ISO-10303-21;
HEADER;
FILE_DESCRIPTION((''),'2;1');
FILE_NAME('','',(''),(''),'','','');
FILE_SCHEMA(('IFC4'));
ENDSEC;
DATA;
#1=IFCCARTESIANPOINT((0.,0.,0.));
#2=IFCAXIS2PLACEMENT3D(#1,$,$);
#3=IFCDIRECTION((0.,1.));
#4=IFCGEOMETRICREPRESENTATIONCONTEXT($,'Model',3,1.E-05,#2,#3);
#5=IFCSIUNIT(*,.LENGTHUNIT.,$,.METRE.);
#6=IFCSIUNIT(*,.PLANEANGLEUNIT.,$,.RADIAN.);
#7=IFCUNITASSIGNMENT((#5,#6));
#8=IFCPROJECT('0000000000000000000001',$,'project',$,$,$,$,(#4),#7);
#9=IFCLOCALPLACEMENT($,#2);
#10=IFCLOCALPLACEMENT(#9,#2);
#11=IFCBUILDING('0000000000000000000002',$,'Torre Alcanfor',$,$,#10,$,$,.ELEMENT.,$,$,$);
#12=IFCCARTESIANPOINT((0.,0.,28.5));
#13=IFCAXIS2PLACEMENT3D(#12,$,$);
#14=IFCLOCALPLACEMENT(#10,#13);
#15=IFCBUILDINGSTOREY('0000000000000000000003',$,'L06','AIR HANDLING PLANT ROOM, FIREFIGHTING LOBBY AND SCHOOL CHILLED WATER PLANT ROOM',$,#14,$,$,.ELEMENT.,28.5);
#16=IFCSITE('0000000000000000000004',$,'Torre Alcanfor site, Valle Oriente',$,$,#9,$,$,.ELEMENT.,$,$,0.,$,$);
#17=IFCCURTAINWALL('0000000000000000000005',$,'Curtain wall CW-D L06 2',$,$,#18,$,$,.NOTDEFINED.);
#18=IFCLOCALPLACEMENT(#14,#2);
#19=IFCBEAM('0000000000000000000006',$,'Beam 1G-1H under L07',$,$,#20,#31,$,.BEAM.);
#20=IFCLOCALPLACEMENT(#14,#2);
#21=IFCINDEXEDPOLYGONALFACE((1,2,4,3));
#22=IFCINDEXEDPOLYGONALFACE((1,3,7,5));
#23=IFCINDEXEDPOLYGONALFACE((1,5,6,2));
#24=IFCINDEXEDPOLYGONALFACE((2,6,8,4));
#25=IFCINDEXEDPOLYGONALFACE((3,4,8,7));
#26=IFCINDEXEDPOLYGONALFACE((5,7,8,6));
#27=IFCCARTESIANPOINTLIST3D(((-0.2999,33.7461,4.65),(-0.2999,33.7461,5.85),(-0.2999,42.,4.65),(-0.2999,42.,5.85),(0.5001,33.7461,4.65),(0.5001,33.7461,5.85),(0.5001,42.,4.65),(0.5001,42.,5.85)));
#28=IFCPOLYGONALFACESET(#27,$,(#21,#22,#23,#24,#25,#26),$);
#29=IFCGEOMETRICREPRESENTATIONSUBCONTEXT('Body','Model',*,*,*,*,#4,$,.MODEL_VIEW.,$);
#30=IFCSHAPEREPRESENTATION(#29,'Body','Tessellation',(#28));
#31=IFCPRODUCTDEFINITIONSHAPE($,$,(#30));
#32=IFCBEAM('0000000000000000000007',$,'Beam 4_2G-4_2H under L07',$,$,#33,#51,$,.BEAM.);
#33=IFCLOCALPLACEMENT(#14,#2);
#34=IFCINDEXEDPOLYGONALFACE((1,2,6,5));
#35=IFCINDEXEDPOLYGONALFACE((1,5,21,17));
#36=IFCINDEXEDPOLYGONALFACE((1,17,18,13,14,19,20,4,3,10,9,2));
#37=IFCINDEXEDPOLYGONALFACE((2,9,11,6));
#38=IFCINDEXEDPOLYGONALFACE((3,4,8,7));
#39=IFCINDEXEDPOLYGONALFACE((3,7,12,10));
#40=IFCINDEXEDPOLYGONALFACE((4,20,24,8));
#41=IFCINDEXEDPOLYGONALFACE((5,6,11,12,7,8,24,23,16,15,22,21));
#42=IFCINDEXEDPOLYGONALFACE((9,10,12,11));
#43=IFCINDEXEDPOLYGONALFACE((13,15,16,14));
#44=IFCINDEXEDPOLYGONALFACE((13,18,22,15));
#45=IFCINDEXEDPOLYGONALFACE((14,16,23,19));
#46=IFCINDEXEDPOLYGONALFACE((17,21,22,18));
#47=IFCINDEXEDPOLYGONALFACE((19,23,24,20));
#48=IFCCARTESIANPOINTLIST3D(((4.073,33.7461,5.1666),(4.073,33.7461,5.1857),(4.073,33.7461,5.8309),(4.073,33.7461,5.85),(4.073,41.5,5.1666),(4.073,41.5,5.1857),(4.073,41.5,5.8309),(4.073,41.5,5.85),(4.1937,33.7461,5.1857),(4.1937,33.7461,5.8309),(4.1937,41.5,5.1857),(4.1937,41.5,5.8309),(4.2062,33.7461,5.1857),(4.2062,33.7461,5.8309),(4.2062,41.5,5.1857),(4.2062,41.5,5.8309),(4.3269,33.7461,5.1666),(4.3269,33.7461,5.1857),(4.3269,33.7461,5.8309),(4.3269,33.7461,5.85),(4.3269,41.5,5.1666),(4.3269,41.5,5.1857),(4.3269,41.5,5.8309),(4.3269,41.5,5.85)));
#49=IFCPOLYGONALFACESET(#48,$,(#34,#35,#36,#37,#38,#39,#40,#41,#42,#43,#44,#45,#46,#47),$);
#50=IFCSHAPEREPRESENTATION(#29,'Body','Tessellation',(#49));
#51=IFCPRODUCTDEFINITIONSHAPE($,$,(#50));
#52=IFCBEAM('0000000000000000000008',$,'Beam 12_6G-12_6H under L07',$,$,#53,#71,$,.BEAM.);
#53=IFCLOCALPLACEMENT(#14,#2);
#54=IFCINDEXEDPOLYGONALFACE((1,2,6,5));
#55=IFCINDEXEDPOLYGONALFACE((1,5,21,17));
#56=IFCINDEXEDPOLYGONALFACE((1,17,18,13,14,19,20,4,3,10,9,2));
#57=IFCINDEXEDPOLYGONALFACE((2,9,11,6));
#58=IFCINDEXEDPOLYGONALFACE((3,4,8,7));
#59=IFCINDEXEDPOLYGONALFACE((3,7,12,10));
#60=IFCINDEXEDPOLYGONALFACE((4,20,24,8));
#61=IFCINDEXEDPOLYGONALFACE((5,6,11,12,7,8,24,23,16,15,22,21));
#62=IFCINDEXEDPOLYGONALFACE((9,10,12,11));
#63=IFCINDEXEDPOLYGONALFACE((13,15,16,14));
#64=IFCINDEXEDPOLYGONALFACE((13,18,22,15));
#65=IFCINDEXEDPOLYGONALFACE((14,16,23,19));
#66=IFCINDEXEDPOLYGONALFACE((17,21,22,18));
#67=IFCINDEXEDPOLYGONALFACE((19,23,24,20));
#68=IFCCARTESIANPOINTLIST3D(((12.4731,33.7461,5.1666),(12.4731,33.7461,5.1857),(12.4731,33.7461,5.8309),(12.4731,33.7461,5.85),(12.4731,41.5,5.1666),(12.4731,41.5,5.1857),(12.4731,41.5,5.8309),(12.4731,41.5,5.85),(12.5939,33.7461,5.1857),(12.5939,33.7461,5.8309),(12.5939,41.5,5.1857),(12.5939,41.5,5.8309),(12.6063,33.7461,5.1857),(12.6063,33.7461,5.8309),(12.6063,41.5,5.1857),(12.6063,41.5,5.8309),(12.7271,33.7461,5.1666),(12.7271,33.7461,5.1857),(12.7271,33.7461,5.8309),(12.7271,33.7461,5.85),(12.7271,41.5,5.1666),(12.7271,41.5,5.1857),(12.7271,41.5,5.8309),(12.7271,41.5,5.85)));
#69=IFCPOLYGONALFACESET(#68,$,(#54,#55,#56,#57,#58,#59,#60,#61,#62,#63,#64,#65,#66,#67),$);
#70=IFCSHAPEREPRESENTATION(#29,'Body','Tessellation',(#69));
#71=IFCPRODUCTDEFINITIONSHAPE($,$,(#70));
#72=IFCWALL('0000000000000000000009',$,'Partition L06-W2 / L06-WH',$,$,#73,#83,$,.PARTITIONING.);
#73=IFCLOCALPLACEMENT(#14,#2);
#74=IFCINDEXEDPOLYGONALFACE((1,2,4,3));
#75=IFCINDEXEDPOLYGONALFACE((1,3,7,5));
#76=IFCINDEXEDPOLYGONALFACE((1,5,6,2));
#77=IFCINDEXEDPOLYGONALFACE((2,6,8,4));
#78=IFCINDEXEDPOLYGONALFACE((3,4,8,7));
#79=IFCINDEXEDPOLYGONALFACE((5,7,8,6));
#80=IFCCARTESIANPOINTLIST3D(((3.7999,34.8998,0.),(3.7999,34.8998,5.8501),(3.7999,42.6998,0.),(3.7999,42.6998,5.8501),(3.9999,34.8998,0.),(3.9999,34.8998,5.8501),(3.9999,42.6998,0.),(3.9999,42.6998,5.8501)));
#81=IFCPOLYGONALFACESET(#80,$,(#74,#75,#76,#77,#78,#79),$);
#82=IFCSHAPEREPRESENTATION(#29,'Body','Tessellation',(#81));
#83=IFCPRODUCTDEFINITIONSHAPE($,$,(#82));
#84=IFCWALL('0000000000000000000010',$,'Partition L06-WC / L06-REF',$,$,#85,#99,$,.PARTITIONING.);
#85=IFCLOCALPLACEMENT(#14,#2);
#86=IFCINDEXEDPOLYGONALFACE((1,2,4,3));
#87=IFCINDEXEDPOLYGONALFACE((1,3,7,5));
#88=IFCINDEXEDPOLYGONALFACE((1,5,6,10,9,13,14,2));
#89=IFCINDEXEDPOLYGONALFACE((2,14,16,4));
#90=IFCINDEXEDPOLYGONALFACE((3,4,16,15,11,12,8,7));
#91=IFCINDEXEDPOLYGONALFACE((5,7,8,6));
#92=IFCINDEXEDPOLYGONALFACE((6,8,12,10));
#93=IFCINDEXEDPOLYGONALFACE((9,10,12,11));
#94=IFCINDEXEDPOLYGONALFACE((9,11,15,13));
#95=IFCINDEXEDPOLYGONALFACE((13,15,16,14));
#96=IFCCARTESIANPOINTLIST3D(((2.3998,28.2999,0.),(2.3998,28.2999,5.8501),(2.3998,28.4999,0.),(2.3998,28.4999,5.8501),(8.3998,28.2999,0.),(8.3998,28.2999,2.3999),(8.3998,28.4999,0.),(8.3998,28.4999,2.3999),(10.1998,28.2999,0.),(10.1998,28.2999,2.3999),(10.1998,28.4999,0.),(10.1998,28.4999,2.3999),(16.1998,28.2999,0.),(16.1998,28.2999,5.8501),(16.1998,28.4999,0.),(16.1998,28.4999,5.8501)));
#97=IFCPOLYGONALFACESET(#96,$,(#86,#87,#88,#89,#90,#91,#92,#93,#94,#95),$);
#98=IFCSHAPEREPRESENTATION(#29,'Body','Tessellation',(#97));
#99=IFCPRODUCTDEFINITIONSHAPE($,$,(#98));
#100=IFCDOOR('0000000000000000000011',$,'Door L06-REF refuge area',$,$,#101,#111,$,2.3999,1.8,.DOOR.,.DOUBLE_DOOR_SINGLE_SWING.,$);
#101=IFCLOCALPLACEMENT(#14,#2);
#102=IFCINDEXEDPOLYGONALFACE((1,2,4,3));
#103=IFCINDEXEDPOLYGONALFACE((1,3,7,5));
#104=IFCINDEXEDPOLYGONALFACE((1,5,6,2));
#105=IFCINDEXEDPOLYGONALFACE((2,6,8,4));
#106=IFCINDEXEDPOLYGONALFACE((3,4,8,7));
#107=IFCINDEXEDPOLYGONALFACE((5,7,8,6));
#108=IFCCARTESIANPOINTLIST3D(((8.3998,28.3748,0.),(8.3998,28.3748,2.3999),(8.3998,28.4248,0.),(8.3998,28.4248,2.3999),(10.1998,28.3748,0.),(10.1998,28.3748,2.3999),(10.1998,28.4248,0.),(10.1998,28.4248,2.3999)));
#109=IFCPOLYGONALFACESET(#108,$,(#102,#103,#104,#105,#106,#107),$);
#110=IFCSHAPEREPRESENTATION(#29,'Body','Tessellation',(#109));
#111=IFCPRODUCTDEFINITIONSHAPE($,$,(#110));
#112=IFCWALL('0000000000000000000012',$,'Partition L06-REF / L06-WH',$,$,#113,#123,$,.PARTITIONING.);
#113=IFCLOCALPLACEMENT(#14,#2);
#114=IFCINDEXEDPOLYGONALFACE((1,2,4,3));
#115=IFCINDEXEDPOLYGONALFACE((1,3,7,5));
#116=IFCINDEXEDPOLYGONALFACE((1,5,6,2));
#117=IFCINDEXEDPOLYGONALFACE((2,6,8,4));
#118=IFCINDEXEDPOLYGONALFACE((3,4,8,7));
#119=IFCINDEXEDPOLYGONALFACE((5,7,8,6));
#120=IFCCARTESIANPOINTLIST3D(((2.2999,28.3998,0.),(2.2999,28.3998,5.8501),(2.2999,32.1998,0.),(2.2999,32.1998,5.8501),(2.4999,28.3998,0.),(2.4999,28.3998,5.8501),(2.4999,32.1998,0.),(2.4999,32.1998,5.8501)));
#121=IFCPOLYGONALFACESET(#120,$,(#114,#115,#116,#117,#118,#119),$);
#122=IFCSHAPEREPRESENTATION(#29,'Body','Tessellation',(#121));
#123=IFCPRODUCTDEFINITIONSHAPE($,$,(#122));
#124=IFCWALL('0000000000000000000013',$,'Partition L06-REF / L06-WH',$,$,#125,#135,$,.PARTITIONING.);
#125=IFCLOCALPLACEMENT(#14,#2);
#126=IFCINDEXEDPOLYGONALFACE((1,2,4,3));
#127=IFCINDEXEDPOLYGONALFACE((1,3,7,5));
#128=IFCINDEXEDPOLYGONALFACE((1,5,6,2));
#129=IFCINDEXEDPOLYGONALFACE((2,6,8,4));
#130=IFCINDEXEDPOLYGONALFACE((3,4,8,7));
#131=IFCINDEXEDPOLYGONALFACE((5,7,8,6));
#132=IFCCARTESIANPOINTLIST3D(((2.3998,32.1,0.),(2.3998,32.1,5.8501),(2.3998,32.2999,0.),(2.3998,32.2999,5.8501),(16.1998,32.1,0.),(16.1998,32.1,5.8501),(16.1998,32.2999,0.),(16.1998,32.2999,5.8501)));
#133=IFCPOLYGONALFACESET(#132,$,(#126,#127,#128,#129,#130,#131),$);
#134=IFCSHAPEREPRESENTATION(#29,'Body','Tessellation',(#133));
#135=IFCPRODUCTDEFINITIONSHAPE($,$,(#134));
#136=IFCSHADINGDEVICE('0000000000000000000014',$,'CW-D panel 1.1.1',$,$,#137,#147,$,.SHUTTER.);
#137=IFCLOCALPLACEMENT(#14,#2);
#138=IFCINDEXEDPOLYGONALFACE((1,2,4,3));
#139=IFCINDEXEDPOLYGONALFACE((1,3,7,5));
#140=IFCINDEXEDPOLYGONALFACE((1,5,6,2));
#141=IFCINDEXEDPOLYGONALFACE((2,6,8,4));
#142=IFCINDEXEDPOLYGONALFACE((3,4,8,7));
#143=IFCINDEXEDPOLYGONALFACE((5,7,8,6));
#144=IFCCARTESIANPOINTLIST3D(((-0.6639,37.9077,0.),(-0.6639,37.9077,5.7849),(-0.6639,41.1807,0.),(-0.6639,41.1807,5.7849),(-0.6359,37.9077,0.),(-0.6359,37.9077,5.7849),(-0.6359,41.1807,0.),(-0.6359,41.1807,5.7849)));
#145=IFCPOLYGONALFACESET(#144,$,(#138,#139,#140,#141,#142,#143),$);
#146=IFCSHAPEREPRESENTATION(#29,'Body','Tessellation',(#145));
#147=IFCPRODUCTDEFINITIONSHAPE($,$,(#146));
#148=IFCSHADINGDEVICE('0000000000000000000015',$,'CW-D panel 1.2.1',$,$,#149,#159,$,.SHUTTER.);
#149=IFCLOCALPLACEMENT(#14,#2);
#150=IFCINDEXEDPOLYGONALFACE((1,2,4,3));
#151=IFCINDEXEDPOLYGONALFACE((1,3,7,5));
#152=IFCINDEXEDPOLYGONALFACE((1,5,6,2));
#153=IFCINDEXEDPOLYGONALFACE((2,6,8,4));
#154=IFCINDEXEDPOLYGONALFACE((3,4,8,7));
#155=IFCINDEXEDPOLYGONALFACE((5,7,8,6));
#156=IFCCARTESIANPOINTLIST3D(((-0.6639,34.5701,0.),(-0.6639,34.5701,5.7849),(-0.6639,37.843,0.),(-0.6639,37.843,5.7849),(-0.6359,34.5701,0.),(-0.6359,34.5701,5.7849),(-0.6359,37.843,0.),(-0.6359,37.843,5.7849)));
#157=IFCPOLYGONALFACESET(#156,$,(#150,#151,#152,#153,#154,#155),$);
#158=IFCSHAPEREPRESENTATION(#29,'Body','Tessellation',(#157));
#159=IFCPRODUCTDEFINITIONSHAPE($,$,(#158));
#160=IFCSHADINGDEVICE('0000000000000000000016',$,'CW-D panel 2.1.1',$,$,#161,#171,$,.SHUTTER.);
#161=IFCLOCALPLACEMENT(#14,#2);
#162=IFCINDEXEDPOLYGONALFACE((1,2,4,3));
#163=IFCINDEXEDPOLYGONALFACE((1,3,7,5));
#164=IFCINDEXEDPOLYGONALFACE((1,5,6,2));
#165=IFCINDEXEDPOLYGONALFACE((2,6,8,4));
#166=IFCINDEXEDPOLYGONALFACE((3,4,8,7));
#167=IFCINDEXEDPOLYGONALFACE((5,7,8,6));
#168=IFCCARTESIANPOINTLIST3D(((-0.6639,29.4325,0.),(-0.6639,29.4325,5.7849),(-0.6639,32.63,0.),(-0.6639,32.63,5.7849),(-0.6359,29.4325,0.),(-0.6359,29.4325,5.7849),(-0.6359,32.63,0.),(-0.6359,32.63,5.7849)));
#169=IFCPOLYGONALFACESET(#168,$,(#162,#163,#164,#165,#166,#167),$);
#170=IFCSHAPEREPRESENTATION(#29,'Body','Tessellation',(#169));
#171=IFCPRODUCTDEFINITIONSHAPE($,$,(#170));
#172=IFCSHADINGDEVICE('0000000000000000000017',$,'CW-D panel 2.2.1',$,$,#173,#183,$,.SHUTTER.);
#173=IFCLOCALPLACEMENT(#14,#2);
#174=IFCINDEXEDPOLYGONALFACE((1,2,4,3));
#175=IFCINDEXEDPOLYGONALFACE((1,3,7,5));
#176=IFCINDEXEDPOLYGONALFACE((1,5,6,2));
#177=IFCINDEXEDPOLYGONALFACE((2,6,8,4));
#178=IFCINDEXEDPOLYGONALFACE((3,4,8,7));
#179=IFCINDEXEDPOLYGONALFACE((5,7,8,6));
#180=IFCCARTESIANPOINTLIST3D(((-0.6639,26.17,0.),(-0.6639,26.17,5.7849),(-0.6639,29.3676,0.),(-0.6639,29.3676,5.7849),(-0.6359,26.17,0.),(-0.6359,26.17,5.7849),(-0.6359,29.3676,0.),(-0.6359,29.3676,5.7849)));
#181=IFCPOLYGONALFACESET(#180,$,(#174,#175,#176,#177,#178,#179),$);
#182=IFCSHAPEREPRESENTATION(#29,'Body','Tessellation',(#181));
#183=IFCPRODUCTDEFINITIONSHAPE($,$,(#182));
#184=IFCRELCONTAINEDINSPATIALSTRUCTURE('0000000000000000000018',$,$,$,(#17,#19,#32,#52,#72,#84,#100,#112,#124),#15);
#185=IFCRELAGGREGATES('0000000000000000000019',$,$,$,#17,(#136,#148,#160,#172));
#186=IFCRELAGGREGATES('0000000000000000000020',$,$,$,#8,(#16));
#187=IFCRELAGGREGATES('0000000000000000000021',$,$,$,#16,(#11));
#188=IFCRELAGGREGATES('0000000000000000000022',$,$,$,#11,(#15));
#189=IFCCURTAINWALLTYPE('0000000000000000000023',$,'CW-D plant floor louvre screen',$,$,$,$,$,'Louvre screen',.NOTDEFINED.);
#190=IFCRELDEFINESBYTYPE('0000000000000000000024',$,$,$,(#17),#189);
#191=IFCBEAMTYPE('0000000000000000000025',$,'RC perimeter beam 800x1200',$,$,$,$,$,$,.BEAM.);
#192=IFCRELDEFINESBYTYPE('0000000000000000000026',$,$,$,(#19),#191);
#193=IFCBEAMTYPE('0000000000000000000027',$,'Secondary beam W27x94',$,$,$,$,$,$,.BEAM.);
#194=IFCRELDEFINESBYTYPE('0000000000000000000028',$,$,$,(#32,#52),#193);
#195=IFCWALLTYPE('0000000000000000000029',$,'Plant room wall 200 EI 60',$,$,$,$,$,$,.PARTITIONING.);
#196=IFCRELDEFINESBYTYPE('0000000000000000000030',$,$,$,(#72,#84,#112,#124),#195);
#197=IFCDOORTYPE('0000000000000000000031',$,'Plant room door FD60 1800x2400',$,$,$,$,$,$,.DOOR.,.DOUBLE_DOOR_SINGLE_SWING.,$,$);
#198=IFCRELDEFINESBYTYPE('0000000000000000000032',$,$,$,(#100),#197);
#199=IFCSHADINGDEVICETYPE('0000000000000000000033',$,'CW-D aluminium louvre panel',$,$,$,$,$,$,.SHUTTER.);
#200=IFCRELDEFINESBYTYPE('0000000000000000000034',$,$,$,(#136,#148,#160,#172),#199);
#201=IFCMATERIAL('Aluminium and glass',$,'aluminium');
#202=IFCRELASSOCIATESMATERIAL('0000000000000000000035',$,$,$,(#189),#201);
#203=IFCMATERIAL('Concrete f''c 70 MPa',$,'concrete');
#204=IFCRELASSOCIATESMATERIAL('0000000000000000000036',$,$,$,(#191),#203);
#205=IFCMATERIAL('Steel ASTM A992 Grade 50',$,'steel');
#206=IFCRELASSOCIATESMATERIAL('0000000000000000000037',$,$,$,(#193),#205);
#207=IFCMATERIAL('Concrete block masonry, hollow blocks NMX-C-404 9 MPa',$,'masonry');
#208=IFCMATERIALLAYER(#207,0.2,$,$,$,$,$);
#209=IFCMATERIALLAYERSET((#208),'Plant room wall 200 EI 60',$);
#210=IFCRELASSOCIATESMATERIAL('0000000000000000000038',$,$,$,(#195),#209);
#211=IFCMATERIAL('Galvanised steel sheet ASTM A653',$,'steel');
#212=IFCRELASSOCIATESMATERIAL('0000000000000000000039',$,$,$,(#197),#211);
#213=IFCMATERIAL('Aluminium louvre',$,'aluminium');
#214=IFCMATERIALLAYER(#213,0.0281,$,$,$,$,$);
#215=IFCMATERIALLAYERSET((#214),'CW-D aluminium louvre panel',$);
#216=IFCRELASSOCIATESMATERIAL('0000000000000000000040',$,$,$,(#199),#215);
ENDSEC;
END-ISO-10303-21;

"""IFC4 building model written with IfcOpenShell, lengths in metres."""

from ifc_helpers import new_model, si_unit, direction, frame, frame_2d, origin, origin_2d, place, context, subcontext, project, spatial, rectangle, i_section, extrude, material, layer, layer_set, material_profile, profile_set, type_object, element, fill, aggregate, save


model = new_model("IFC4")

# Units and contexts
model_context = context("Model", 3, precision=1e-05, world=origin(), true_north=direction((0.0, 1.0)))
body_context = subcontext(model_context, "Body", "Model", "MODEL_VIEW")
ifc_project = project(units=[si_unit("LENGTHUNIT", "METRE"), si_unit("PLANEANGLEUNIT", "RADIAN")], contexts=[model_context])

# Site, building, storey
site_placement = place(None, origin())
site = spatial("IfcSite", under=ifc_project, at=site_placement, Name="Torre Alcanfor site, Valle Oriente", CompositionType="ELEMENT", RefElevation=0.0)
building_placement = place(site_placement, origin())
building = spatial("IfcBuilding", under=site, at=building_placement, Name="Torre Alcanfor", CompositionType="ELEMENT")
storey_placement = place(building_placement, frame((0.0, 0.0, 28.5)))
storey = spatial("IfcBuildingStorey", under=building, at=storey_placement, Name="L06", Description="AIR HANDLING PLANT ROOM, FIREFIGHTING LOBBY AND SCHOOL CHILLED WATER PLANT ROOM", CompositionType="ELEMENT", Elevation=28.5)

# Curtain wall
ifc_material_1 = material(Name="Aluminium and glass", Category="aluminium")
curtain_wall_type = type_object("IfcCurtainWallType", Name="CW-D plant floor louvre screen", ElementType="Louvre screen", PredefinedType="NOTDEFINED", material=ifc_material_1)
curtain_wall_placement = place(storey_placement, origin())
curtain_wall = element("IfcCurtainWall", 1, at=curtain_wall_placement, inside=storey, type_object=curtain_wall_type, Name="Curtain wall CW-D L06 2", PredefinedType="NOTDEFINED")

# Beams
ifc_material_2 = material(Name="Concrete f'c 70 MPa", Category="concrete")
ifc_material_profile_1 = material_profile(ifc_material_2, rectangle(XDim=0.8, YDim=1.2, at=origin_2d()), Name="800x1200")
ifc_profile_set_1 = profile_set([ifc_material_profile_1], Name="Concrete f'c 70 MPa")
beam_type_1 = type_object("IfcBeamType", Name="RC perimeter beam 800x1200", PredefinedType="BEAM", material=ifc_profile_set_1)
beam_1_placement = place(storey_placement, frame((0.1001, 33.7461, 5.25), z_axis=(0.0, 1.0, 0.0), x_axis=(-1.0, 0.0, 0.0)))
element("IfcBeam", 2, at=beam_1_placement, inside=storey, type_object=beam_type_1, Name="Beam 1G-1H under L07", PredefinedType="BEAM", context=body_context, shape_type="SweptSolid", body=[
    extrude(rectangle(XDim=0.8, YDim=1.2, at=origin_2d()), origin(), (0.0, 0.0, 1.0), 8.2539),
])
ifc_material_3 = material(Name="Steel ASTM A992 Grade 50", Category="steel")
ifc_material_profile_2 = material_profile(ifc_material_3, i_section(OverallWidth=0.2539, OverallDepth=0.6833, WebThickness=0.0125, FlangeThickness=0.019, at=origin_2d()), Name="W27x94")
ifc_profile_set_2 = profile_set([ifc_material_profile_2], Name="Steel ASTM A992 Grade 50")
beam_type_2 = type_object("IfcBeamType", Name="Secondary beam W27x94", PredefinedType="BEAM", material=ifc_profile_set_2)
for number, where, z_axis, x_axis, name in (
    (3, (4.2, 33.7461, 5.5083), (0.0, 1.0, 0.0), (-1.0, 0.0, 0.0), "Beam 4_2G-4_2H under L07"),
    (4, (12.6001, 33.7461, 5.5083), (0.0, 1.0, 0.0), (-1.0, 0.0, 0.0), "Beam 12_6G-12_6H under L07"),
):
    element("IfcBeam", number, at=place(storey_placement, frame(where, z_axis=z_axis, x_axis=x_axis)), inside=storey, type_object=beam_type_2, Name=name, PredefinedType="BEAM", context=body_context, shape_type="SweptSolid", body=[
        extrude(i_section(OverallWidth=0.2539, OverallDepth=0.6833, WebThickness=0.0125, FlangeThickness=0.019, at=origin_2d()), origin(), (0.0, 0.0, 1.0), 7.7539),
    ])

# Wall
ifc_material_4 = material(Name="Concrete block masonry, hollow blocks NMX-C-404 9 MPa", Category="masonry")
ifc_layer_1 = layer(ifc_material_4, 0.2)
ifc_layer_set_1 = layer_set([ifc_layer_1], Name="Plant room wall 200 EI 60")
wall_type = type_object("IfcWallType", Name="Plant room wall 200 EI 60", PredefinedType="PARTITIONING", material=ifc_layer_set_1)
wall_1_placement = place(storey_placement, frame((3.8999, 34.8999, 0.0), z_axis=(0.0, 0.0, 1.0), x_axis=(0.0, 1.0, 0.0)))
element("IfcWall", 5, at=wall_1_placement, inside=storey, type_object=wall_type, Name="Partition L06-W2 / L06-WH", PredefinedType="PARTITIONING", context=body_context, shape_type="SweptSolid", body=[
    extrude(rectangle(XDim=7.8, YDim=0.2, at=frame_2d((3.8999, 0.0))), origin(), (0.0, 0.0, 1.0), 5.8501),
])

# Wall, opening, door
wall_2_placement = place(storey_placement, frame((2.3999, 28.3999, 0.0), z_axis=(0.0, 0.0, 1.0), x_axis=(1.0, 0.0, 0.0)))
wall_2 = element("IfcWall", 6, at=wall_2_placement, inside=storey, type_object=wall_type, Name="Partition L06-WC / L06-REF", PredefinedType="PARTITIONING", context=body_context, shape_type="SweptSolid", body=[
    extrude(rectangle(XDim=13.8, YDim=0.2, at=frame_2d((6.8999, 0.0))), origin(), (0.0, 0.0, 1.0), 5.8501),
])
opening_placement = place(wall_2_placement, frame((6.0, 0.0, 0.0)))
opening = element("IfcOpeningElement", 7, at=opening_placement, cuts=wall_2, PredefinedType="OPENING", context=body_context, shape_type="SweptSolid", body=[
    extrude(rectangle(XDim=1.8, YDim=2.3999, at=frame_2d((0.8999, 1.2))), frame((0.0, 0.1099, 0.0), z_axis=(0.0, -1.0, 0.0), x_axis=(1.0, 0.0, 0.0)), (0.0, 0.0, 1.0), 0.22),
])
ifc_material_5 = material(Name="Galvanised steel sheet ASTM A653", Category="steel")
door_type = type_object("IfcDoorType", Name="Plant room door FD60 1800x2400", OperationType="DOUBLE_DOOR_SINGLE_SWING", PredefinedType="DOOR", material=ifc_material_5)
door_placement = place(opening_placement, frame((1.8, 0.0, 0.0), z_axis=(0.0, 0.0, 1.0), x_axis=(-1.0, 0.0, 0.0)))
door = element("IfcDoor", 8, at=door_placement, inside=storey, type_object=door_type, Name="Door L06-REF refuge area", OperationType="DOUBLE_DOOR_SINGLE_SWING", OverallHeight=2.3999, OverallWidth=1.8, PredefinedType="DOOR", context=body_context, shape_type="SweptSolid", body=[
    extrude(rectangle(XDim=1.8, YDim=2.3999, at=frame_2d((0.9001, 1.2))), frame((0.0, 0.0251, 0.0), z_axis=(0.0, -1.0, 0.0), x_axis=(1.0, 0.0, 0.0)), (0.0, 0.0, 1.0), 0.05),
])
fill(opening, door)

# Walls
wall_3_placement = place(storey_placement, frame((2.3999, 28.3999, 0.0), z_axis=(0.0, 0.0, 1.0), x_axis=(0.0, 1.0, 0.0)))
element("IfcWall", 9, at=wall_3_placement, inside=storey, type_object=wall_type, Name="Partition L06-REF / L06-WH", PredefinedType="PARTITIONING", context=body_context, shape_type="SweptSolid", body=[
    extrude(rectangle(XDim=3.8, YDim=0.2, at=frame_2d((1.8999, 0.0))), origin(), (0.0, 0.0, 1.0), 5.8501),
])
wall_4_placement = place(storey_placement, frame((2.3999, 32.2, 0.0), z_axis=(0.0, 0.0, 1.0), x_axis=(1.0, 0.0, 0.0)))
element("IfcWall", 10, at=wall_4_placement, inside=storey, type_object=wall_type, Name="Partition L06-REF / L06-WH", PredefinedType="PARTITIONING", context=body_context, shape_type="SweptSolid", body=[
    extrude(rectangle(XDim=13.8, YDim=0.2, at=frame_2d((6.8999, 0.0))), origin(), (0.0, 0.0, 1.0), 5.8501),
])

# Shading devices
ifc_material_6 = material(Name="Aluminium louvre", Category="aluminium")
ifc_layer_2 = layer(ifc_material_6, 0.0281)
ifc_layer_set_2 = layer_set([ifc_layer_2], Name="CW-D aluminium louvre panel")
shading_device_type = type_object("IfcShadingDeviceType", Name="CW-D aluminium louvre panel", PredefinedType="SHUTTER", material=ifc_layer_set_2)
shading_device_1_placement = place(storey_placement, frame((-0.6499, 39.5442, 0.0), z_axis=(0.0, 0.0, 1.0), x_axis=(0.0, -1.0, 0.0)))
shading_device_1 = element("IfcShadingDevice", 11, at=shading_device_1_placement, type_object=shading_device_type, Name="CW-D panel 1.1.1", PredefinedType="SHUTTER", context=body_context, shape_type="SweptSolid", body=[
    extrude(rectangle(XDim=3.2729, YDim=0.0281, at=origin_2d()), origin(), (0.0, 0.0, 1.0), 5.7849),
])
shading_device_2_placement = place(storey_placement, frame((-0.6499, 36.2065, 0.0), z_axis=(0.0, 0.0, 1.0), x_axis=(0.0, -1.0, 0.0)))
shading_device_2 = element("IfcShadingDevice", 12, at=shading_device_2_placement, type_object=shading_device_type, Name="CW-D panel 1.2.1", PredefinedType="SHUTTER", context=body_context, shape_type="SweptSolid", body=[
    extrude(rectangle(XDim=3.2729, YDim=0.0281, at=origin_2d()), origin(), (0.0, 0.0, 1.0), 5.7849),
])
shading_device_3_placement = place(storey_placement, frame((-0.6499, 31.0312, 0.0), z_axis=(0.0, 0.0, 1.0), x_axis=(0.0, -1.0, 0.0)))
shading_device_3 = element("IfcShadingDevice", 13, at=shading_device_3_placement, type_object=shading_device_type, Name="CW-D panel 2.1.1", PredefinedType="SHUTTER", context=body_context, shape_type="SweptSolid", body=[
    extrude(rectangle(XDim=3.1975, YDim=0.0281, at=origin_2d()), origin(), (0.0, 0.0, 1.0), 5.7849),
])
shading_device_4_placement = place(storey_placement, frame((-0.6499, 27.7688, 0.0), z_axis=(0.0, 0.0, 1.0), x_axis=(0.0, -1.0, 0.0)))
shading_device_4 = element("IfcShadingDevice", 14, at=shading_device_4_placement, type_object=shading_device_type, Name="CW-D panel 2.2.1", PredefinedType="SHUTTER", context=body_context, shape_type="SweptSolid", body=[
    extrude(rectangle(XDim=3.1975, YDim=0.0281, at=origin_2d()), origin(), (0.0, 0.0, 1.0), 5.7849),
])
aggregate(curtain_wall, [shading_device_1, shading_device_2, shading_device_3, shading_device_4])

save(model, "model.ifc")
